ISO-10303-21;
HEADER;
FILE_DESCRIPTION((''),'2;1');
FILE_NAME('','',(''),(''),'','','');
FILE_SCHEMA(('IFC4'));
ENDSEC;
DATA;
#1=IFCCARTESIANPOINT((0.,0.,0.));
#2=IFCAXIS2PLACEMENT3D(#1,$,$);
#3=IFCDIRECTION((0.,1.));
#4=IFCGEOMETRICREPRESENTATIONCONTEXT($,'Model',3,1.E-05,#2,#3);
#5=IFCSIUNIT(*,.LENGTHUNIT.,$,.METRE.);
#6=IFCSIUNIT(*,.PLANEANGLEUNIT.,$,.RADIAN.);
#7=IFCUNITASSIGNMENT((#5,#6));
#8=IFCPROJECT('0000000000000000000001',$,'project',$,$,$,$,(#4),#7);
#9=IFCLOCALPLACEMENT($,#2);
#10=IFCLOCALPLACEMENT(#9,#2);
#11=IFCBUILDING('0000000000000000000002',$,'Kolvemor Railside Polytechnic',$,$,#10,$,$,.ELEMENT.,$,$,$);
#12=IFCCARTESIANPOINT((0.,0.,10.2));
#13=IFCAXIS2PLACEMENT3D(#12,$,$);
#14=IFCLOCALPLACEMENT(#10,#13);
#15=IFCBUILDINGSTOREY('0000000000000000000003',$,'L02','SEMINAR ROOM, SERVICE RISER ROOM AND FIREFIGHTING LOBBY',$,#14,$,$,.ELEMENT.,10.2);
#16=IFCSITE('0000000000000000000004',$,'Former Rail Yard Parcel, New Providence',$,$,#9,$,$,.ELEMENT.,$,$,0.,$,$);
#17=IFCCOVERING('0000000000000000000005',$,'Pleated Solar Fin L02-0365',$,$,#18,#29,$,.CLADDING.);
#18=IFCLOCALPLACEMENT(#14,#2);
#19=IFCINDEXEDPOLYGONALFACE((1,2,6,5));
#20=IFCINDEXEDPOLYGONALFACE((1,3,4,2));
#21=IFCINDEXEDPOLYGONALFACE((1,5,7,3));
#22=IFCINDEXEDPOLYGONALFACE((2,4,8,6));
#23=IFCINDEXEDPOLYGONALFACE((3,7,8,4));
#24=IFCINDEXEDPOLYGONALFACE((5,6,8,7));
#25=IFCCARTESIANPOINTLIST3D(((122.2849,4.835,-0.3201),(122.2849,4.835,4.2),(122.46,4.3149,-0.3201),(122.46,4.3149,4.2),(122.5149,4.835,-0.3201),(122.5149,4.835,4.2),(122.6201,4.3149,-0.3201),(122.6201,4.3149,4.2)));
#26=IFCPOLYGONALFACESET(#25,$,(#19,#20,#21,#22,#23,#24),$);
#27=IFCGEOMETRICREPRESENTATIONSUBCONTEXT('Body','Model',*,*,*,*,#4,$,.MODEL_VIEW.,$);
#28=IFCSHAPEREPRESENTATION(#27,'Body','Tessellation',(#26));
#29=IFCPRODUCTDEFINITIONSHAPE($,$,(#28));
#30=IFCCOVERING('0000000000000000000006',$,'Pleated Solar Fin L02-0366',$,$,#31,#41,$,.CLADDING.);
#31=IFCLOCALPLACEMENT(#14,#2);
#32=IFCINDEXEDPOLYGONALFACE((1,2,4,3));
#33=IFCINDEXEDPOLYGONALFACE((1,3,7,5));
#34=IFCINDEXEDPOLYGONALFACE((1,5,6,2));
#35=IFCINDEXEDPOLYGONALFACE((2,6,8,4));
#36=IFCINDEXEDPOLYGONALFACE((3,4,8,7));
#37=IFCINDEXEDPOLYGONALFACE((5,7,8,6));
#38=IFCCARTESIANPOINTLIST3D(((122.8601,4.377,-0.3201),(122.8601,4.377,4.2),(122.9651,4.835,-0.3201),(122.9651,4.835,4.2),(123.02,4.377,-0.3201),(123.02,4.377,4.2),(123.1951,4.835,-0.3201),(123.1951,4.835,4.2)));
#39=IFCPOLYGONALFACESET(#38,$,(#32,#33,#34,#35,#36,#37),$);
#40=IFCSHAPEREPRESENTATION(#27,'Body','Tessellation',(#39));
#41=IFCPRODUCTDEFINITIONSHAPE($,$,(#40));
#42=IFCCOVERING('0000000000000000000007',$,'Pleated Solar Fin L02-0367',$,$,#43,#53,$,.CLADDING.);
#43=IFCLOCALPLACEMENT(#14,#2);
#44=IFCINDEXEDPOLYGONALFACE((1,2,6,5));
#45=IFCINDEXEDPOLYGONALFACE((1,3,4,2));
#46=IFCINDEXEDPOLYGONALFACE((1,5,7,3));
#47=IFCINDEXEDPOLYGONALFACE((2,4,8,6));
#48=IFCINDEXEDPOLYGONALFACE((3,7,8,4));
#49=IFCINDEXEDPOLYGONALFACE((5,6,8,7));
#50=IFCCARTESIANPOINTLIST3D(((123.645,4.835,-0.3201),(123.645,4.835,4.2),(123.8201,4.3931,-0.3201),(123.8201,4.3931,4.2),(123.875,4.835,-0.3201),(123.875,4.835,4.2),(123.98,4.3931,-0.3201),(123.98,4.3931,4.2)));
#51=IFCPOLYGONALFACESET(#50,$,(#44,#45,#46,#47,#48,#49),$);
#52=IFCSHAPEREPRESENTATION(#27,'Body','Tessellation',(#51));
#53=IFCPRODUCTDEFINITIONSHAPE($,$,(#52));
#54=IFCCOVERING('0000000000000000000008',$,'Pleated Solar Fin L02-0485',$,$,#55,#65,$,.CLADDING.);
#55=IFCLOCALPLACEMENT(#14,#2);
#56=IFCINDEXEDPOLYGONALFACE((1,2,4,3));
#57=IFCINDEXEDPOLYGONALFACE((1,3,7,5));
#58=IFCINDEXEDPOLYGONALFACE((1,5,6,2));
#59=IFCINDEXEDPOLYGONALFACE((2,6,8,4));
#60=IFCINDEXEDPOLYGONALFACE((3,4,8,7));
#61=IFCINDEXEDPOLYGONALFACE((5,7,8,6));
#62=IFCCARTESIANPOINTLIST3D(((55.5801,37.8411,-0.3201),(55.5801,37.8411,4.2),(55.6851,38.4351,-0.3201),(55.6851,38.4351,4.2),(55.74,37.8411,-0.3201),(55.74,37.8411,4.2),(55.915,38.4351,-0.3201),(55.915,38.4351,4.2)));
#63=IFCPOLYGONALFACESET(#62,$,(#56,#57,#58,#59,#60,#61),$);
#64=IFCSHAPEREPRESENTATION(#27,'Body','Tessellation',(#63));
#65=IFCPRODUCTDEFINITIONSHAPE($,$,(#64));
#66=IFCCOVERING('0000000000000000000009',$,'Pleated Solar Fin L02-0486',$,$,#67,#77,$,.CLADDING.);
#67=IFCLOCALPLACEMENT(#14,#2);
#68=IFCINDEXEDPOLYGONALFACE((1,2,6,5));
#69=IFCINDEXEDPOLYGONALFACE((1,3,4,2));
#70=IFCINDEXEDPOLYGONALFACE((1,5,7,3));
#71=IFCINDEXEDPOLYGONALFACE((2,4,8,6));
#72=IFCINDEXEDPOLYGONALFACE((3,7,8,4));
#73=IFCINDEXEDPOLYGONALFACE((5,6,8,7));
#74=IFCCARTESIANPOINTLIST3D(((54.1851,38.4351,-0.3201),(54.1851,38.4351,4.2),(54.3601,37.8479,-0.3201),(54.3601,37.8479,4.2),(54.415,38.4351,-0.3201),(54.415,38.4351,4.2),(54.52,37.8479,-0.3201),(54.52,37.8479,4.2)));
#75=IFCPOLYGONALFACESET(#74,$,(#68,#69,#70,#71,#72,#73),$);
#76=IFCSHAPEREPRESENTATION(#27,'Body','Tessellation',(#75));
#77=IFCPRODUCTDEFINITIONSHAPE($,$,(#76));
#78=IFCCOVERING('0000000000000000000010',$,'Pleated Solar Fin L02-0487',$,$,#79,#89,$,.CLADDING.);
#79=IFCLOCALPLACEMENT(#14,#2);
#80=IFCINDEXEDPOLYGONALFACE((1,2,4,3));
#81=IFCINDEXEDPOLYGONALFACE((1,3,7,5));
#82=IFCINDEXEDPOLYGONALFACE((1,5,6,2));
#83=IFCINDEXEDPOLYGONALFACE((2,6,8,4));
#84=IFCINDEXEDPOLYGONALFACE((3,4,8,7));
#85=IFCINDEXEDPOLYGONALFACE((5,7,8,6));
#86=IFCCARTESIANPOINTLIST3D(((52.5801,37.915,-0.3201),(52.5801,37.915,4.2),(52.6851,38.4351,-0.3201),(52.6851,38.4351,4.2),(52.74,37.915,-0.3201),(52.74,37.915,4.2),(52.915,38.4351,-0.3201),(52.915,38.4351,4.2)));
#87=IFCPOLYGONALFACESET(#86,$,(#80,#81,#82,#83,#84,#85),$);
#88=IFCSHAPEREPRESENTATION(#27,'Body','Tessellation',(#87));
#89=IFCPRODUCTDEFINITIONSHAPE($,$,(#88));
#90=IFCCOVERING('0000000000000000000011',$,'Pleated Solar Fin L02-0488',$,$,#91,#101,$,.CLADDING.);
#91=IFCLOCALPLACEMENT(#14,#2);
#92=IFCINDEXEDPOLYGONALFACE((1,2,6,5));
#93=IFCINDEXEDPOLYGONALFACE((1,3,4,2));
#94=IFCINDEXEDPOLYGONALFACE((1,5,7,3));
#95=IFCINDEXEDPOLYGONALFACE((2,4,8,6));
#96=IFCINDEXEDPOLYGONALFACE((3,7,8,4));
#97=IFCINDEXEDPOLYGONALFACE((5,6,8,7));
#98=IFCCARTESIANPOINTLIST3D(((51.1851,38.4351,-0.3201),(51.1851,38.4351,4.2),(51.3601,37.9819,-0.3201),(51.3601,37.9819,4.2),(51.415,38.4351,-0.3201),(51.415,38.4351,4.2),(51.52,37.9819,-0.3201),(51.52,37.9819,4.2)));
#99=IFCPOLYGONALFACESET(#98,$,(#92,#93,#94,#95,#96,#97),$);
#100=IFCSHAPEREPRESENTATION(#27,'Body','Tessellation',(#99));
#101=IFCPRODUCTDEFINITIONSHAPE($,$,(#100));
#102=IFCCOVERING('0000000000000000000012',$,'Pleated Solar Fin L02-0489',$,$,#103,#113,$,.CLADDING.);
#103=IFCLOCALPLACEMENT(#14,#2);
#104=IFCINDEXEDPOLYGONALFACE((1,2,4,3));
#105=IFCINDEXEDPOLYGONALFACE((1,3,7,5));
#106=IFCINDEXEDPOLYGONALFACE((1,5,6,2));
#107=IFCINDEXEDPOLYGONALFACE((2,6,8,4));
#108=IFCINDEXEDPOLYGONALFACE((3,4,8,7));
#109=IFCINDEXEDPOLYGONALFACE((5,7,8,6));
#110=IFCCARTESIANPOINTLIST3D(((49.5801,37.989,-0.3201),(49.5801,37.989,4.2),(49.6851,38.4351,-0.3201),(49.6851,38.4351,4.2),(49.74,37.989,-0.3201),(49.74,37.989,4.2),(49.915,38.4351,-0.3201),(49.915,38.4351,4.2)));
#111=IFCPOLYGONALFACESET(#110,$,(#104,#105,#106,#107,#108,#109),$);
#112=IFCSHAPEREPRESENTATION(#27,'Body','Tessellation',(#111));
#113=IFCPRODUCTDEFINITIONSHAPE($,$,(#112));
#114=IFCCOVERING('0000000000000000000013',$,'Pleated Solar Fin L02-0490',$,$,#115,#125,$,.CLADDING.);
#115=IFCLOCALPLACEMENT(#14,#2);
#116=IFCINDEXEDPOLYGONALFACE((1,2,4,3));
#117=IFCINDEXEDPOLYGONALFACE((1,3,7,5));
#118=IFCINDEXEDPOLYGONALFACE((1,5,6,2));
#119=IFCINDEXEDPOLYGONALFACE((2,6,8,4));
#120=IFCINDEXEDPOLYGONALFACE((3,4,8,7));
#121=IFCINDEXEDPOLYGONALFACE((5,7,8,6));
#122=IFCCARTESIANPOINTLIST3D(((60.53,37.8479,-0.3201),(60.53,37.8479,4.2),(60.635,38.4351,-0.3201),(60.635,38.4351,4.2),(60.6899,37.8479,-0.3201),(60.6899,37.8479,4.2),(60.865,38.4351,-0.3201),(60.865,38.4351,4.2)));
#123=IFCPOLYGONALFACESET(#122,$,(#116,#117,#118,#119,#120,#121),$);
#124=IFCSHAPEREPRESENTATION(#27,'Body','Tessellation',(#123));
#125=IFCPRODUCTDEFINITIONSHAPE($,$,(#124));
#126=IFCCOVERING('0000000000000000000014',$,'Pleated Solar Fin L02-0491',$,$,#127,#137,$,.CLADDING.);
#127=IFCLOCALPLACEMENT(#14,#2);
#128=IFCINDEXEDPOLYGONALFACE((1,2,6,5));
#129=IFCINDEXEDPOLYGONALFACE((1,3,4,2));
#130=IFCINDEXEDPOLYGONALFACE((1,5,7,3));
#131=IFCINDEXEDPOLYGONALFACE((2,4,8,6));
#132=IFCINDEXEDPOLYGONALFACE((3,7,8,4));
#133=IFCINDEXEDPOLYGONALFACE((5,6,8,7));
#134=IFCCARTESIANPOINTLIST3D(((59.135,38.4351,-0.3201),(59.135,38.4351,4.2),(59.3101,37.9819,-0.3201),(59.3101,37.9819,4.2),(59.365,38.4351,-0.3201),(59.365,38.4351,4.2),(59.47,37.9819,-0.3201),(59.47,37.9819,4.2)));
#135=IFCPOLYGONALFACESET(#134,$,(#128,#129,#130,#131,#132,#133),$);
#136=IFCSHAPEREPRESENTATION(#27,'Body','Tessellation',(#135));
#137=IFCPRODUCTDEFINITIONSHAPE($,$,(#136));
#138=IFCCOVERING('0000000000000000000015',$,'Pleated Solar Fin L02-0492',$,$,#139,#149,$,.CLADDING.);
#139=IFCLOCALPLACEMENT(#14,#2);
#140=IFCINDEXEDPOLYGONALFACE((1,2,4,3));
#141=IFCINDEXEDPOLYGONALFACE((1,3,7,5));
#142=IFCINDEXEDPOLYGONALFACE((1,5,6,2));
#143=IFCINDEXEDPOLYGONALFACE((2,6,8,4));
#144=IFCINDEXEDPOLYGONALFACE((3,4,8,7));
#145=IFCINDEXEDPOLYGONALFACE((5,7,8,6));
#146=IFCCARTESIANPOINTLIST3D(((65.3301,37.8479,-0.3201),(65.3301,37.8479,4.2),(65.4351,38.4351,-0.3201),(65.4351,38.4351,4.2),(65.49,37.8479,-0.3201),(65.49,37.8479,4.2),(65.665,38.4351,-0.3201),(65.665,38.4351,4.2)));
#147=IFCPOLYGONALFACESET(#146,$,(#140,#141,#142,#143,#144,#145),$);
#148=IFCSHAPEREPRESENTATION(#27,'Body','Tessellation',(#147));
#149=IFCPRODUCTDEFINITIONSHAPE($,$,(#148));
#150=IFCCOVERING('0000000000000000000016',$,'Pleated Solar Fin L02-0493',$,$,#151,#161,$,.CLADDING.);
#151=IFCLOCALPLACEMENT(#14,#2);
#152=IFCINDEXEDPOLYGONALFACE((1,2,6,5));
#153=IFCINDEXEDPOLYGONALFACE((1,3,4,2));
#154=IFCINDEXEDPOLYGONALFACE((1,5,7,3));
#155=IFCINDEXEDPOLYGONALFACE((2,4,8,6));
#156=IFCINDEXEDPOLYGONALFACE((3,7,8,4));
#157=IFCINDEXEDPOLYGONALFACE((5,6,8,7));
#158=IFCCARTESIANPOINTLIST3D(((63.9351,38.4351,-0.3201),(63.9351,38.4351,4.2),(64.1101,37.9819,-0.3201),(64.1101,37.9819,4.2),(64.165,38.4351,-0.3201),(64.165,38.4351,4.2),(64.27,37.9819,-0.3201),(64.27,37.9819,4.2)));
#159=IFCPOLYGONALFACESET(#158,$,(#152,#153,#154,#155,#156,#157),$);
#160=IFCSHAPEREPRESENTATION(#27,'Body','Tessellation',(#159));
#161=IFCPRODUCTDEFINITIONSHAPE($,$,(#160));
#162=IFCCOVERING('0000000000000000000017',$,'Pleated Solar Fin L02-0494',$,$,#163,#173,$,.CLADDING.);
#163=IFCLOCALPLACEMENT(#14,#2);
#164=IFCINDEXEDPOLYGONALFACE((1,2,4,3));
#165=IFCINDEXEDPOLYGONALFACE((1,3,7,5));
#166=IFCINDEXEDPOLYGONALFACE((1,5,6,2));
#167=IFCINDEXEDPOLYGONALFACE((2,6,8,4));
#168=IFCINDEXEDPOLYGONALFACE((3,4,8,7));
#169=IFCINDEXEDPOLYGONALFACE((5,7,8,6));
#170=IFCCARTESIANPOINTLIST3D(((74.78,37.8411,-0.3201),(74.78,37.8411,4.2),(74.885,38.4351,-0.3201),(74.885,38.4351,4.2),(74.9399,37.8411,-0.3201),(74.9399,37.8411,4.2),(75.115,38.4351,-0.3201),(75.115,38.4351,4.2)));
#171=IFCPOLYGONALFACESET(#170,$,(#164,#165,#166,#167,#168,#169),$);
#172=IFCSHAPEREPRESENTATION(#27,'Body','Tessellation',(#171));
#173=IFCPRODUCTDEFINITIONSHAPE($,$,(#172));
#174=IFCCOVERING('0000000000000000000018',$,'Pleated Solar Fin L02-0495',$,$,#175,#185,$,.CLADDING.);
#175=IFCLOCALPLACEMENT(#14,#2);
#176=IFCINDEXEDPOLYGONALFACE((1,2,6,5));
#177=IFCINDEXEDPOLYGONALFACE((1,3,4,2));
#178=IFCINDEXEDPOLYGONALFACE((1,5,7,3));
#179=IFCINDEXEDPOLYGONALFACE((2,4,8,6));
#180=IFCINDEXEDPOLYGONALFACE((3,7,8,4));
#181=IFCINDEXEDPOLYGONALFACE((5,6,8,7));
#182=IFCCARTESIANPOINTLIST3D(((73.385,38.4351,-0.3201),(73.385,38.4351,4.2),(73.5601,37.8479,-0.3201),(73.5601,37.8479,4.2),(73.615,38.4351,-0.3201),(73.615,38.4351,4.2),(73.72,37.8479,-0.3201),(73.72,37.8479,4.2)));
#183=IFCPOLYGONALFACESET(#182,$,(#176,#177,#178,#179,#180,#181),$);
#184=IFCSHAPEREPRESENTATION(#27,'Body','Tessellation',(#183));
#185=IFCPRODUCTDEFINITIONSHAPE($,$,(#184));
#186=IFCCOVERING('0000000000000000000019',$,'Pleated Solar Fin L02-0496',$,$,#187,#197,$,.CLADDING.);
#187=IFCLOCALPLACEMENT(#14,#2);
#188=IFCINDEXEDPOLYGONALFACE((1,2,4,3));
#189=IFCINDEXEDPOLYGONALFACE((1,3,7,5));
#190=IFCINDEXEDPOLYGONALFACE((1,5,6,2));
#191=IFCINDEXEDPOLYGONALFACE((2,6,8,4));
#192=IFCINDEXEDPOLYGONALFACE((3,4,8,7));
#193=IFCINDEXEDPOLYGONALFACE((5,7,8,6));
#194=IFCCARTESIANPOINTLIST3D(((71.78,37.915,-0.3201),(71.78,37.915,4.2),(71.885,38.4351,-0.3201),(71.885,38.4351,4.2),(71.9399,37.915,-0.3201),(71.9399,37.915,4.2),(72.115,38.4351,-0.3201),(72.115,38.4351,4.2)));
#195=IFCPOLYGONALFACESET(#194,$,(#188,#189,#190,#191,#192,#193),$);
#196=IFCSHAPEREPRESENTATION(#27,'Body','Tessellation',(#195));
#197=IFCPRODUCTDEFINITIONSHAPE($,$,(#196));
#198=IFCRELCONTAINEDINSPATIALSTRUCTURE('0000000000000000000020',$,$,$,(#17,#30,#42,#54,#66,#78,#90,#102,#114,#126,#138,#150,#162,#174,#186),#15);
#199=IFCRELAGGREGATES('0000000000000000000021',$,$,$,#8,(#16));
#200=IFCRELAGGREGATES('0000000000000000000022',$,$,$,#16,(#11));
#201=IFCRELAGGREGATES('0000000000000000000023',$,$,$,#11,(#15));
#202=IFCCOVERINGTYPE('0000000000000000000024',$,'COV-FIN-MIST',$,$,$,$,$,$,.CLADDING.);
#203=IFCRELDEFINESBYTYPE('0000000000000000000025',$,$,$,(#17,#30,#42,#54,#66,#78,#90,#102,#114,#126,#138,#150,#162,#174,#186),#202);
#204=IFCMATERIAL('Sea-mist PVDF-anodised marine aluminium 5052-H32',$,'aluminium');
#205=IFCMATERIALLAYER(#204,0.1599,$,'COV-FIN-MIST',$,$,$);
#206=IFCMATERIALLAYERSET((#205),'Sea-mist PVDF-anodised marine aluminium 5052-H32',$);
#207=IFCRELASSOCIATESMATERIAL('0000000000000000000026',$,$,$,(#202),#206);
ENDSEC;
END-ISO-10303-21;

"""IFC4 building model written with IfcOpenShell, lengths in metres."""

from ifc_helpers import new_model, si_unit, direction, frame, origin, place, context, subcontext, project, spatial, polyline, outline, extrude, material, layer, layer_set, type_object, element, save


model = new_model("IFC4")

# Units and contexts
model_context = context("Model", 3, precision=1e-05, world=origin(), true_north=direction((0.0, 1.0)))
body_context = subcontext(model_context, "Body", "Model", "MODEL_VIEW")
ifc_project = project(units=[si_unit("LENGTHUNIT", "METRE"), si_unit("PLANEANGLEUNIT", "RADIAN")], contexts=[model_context])

# Site, building, storey
site_placement = place(None, origin())
site = spatial("IfcSite", under=ifc_project, at=site_placement, Name="Former Rail Yard Parcel, New Providence", CompositionType="ELEMENT", RefElevation=0.0)
building_placement = place(site_placement, origin())
building = spatial("IfcBuilding", under=site, at=building_placement, Name="Kolvemor Railside Polytechnic", CompositionType="ELEMENT")
storey_placement = place(building_placement, frame((0.0, 0.0, 10.2)))
storey = spatial("IfcBuildingStorey", under=building, at=storey_placement, Name="L02", Description="SEMINAR ROOM, SERVICE RISER ROOM AND FIREFIGHTING LOBBY", CompositionType="ELEMENT", Elevation=10.2)

# Coverings
ifc_material_1 = material(Name="Sea-mist PVDF-anodised marine aluminium 5052-H32", Category="aluminium")
ifc_layer_1 = layer(ifc_material_1, 0.1599, Name="COV-FIN-MIST")
ifc_layer_set_1 = layer_set([ifc_layer_1], Name="Sea-mist PVDF-anodised marine aluminium 5052-H32")
covering_type_1 = type_object("IfcCoveringType", Name="COV-FIN-MIST", PredefinedType="CLADDING", material=ifc_layer_set_1)
covering_1_placement = place(storey_placement, frame((0.0, 0.0, -0.3201)))
element("IfcCovering", 1, at=covering_1_placement, inside=storey, type_object=covering_type_1, Name="Pleated Solar Fin L02-0365", PredefinedType="CLADDING", context=body_context, shape_type="SweptSolid", body=[
    extrude(outline(polyline([(122.2849, 4.835), (122.5149, 4.835), (122.6201, 4.3149), (122.46, 4.3149), (122.2849, 4.835)])), origin(), (0.0, 0.0, 1.0), 4.52),
])
covering_2_placement = place(storey_placement, frame((0.0, 0.0, -0.3201)))
element("IfcCovering", 2, at=covering_2_placement, inside=storey, type_object=covering_type_1, Name="Pleated Solar Fin L02-0366", PredefinedType="CLADDING", context=body_context, shape_type="SweptSolid", body=[
    extrude(outline(polyline([(122.9651, 4.835), (123.1951, 4.835), (123.02, 4.377), (122.8601, 4.377), (122.9651, 4.835)])), origin(), (0.0, 0.0, 1.0), 4.52),
])
covering_3_placement = place(storey_placement, frame((0.0, 0.0, -0.3201)))
element("IfcCovering", 3, at=covering_3_placement, inside=storey, type_object=covering_type_1, Name="Pleated Solar Fin L02-0367", PredefinedType="CLADDING", context=body_context, shape_type="SweptSolid", body=[
    extrude(outline(polyline([(123.645, 4.835), (123.875, 4.835), (123.98, 4.3931), (123.8201, 4.3931), (123.645, 4.835)])), origin(), (0.0, 0.0, 1.0), 4.52),
])
covering_4_placement = place(storey_placement, frame((0.0, 0.0, -0.3201)))
element("IfcCovering", 4, at=covering_4_placement, inside=storey, type_object=covering_type_1, Name="Pleated Solar Fin L02-0485", PredefinedType="CLADDING", context=body_context, shape_type="SweptSolid", body=[
    extrude(outline(polyline([(55.915, 38.4351), (55.6851, 38.4351), (55.5801, 37.8411), (55.74, 37.8411), (55.915, 38.4351)])), origin(), (0.0, 0.0, 1.0), 4.52),
])
covering_5_placement = place(storey_placement, frame((0.0, 0.0, -0.3201)))
element("IfcCovering", 5, at=covering_5_placement, inside=storey, type_object=covering_type_1, Name="Pleated Solar Fin L02-0486", PredefinedType="CLADDING", context=body_context, shape_type="SweptSolid", body=[
    extrude(outline(polyline([(54.415, 38.4351), (54.1851, 38.4351), (54.3601, 37.8479), (54.52, 37.8479), (54.415, 38.4351)])), origin(), (0.0, 0.0, 1.0), 4.52),
])
covering_6_placement = place(storey_placement, frame((0.0, 0.0, -0.3201)))
element("IfcCovering", 6, at=covering_6_placement, inside=storey, type_object=covering_type_1, Name="Pleated Solar Fin L02-0487", PredefinedType="CLADDING", context=body_context, shape_type="SweptSolid", body=[
    extrude(outline(polyline([(52.915, 38.4351), (52.6851, 38.4351), (52.5801, 37.915), (52.74, 37.915), (52.915, 38.4351)])), origin(), (0.0, 0.0, 1.0), 4.52),
])
covering_7_placement = place(storey_placement, frame((0.0, 0.0, -0.3201)))
element("IfcCovering", 7, at=covering_7_placement, inside=storey, type_object=covering_type_1, Name="Pleated Solar Fin L02-0488", PredefinedType="CLADDING", context=body_context, shape_type="SweptSolid", body=[
    extrude(outline(polyline([(51.415, 38.4351), (51.1851, 38.4351), (51.3601, 37.9819), (51.52, 37.9819), (51.415, 38.4351)])), origin(), (0.0, 0.0, 1.0), 4.52),
])
covering_8_placement = place(storey_placement, frame((0.0, 0.0, -0.3201)))
element("IfcCovering", 8, at=covering_8_placement, inside=storey, type_object=covering_type_1, Name="Pleated Solar Fin L02-0489", PredefinedType="CLADDING", context=body_context, shape_type="SweptSolid", body=[
    extrude(outline(polyline([(49.915, 38.4351), (49.6851, 38.4351), (49.5801, 37.989), (49.74, 37.989), (49.915, 38.4351)])), origin(), (0.0, 0.0, 1.0), 4.52),
])
covering_9_placement = place(storey_placement, frame((0.0, 0.0, -0.3201)))
element("IfcCovering", 9, at=covering_9_placement, inside=storey, type_object=covering_type_1, Name="Pleated Solar Fin L02-0490", PredefinedType="CLADDING", context=body_context, shape_type="SweptSolid", body=[
    extrude(outline(polyline([(60.865, 38.4351), (60.635, 38.4351), (60.53, 37.8479), (60.6899, 37.8479), (60.865, 38.4351)])), origin(), (0.0, 0.0, 1.0), 4.52),
])
covering_10_placement = place(storey_placement, frame((0.0, 0.0, -0.3201)))
element("IfcCovering", 10, at=covering_10_placement, inside=storey, type_object=covering_type_1, Name="Pleated Solar Fin L02-0491", PredefinedType="CLADDING", context=body_context, shape_type="SweptSolid", body=[
    extrude(outline(polyline([(59.365, 38.4351), (59.135, 38.4351), (59.3101, 37.9819), (59.47, 37.9819), (59.365, 38.4351)])), origin(), (0.0, 0.0, 1.0), 4.52),
])
covering_11_placement = place(storey_placement, frame((0.0, 0.0, -0.3201)))
element("IfcCovering", 11, at=covering_11_placement, inside=storey, type_object=covering_type_1, Name="Pleated Solar Fin L02-0492", PredefinedType="CLADDING", context=body_context, shape_type="SweptSolid", body=[
    extrude(outline(polyline([(65.665, 38.4351), (65.4351, 38.4351), (65.3301, 37.8479), (65.49, 37.8479), (65.665, 38.4351)])), origin(), (0.0, 0.0, 1.0), 4.52),
])
covering_12_placement = place(storey_placement, frame((0.0, 0.0, -0.3201)))
element("IfcCovering", 12, at=covering_12_placement, inside=storey, type_object=covering_type_1, Name="Pleated Solar Fin L02-0493", PredefinedType="CLADDING", context=body_context, shape_type="SweptSolid", body=[
    extrude(outline(polyline([(64.165, 38.4351), (63.9351, 38.4351), (64.1101, 37.9819), (64.27, 37.9819), (64.165, 38.4351)])), origin(), (0.0, 0.0, 1.0), 4.52),
])
covering_13_placement = place(storey_placement, frame((0.0, 0.0, -0.3201)))
element("IfcCovering", 13, at=covering_13_placement, inside=storey, type_object=covering_type_1, Name="Pleated Solar Fin L02-0494", PredefinedType="CLADDING", context=body_context, shape_type="SweptSolid", body=[
    extrude(outline(polyline([(75.115, 38.4351), (74.885, 38.4351), (74.78, 37.8411), (74.9399, 37.8411), (75.115, 38.4351)])), origin(), (0.0, 0.0, 1.0), 4.52),
])
covering_14_placement = place(storey_placement, frame((0.0, 0.0, -0.3201)))
element("IfcCovering", 14, at=covering_14_placement, inside=storey, type_object=covering_type_1, Name="Pleated Solar Fin L02-0495", PredefinedType="CLADDING", context=body_context, shape_type="SweptSolid", body=[
    extrude(outline(polyline([(73.615, 38.4351), (73.385, 38.4351), (73.5601, 37.8479), (73.72, 37.8479), (73.615, 38.4351)])), origin(), (0.0, 0.0, 1.0), 4.52),
])
covering_15_placement = place(storey_placement, frame((0.0, 0.0, -0.3201)))
element("IfcCovering", 15, at=covering_15_placement, inside=storey, type_object=covering_type_1, Name="Pleated Solar Fin L02-0496", PredefinedType="CLADDING", context=body_context, shape_type="SweptSolid", body=[
    extrude(outline(polyline([(72.115, 38.4351), (71.885, 38.4351), (71.78, 37.915), (71.9399, 37.915), (72.115, 38.4351)])), origin(), (0.0, 0.0, 1.0), 4.52),
])

save(model, "model.ifc")
